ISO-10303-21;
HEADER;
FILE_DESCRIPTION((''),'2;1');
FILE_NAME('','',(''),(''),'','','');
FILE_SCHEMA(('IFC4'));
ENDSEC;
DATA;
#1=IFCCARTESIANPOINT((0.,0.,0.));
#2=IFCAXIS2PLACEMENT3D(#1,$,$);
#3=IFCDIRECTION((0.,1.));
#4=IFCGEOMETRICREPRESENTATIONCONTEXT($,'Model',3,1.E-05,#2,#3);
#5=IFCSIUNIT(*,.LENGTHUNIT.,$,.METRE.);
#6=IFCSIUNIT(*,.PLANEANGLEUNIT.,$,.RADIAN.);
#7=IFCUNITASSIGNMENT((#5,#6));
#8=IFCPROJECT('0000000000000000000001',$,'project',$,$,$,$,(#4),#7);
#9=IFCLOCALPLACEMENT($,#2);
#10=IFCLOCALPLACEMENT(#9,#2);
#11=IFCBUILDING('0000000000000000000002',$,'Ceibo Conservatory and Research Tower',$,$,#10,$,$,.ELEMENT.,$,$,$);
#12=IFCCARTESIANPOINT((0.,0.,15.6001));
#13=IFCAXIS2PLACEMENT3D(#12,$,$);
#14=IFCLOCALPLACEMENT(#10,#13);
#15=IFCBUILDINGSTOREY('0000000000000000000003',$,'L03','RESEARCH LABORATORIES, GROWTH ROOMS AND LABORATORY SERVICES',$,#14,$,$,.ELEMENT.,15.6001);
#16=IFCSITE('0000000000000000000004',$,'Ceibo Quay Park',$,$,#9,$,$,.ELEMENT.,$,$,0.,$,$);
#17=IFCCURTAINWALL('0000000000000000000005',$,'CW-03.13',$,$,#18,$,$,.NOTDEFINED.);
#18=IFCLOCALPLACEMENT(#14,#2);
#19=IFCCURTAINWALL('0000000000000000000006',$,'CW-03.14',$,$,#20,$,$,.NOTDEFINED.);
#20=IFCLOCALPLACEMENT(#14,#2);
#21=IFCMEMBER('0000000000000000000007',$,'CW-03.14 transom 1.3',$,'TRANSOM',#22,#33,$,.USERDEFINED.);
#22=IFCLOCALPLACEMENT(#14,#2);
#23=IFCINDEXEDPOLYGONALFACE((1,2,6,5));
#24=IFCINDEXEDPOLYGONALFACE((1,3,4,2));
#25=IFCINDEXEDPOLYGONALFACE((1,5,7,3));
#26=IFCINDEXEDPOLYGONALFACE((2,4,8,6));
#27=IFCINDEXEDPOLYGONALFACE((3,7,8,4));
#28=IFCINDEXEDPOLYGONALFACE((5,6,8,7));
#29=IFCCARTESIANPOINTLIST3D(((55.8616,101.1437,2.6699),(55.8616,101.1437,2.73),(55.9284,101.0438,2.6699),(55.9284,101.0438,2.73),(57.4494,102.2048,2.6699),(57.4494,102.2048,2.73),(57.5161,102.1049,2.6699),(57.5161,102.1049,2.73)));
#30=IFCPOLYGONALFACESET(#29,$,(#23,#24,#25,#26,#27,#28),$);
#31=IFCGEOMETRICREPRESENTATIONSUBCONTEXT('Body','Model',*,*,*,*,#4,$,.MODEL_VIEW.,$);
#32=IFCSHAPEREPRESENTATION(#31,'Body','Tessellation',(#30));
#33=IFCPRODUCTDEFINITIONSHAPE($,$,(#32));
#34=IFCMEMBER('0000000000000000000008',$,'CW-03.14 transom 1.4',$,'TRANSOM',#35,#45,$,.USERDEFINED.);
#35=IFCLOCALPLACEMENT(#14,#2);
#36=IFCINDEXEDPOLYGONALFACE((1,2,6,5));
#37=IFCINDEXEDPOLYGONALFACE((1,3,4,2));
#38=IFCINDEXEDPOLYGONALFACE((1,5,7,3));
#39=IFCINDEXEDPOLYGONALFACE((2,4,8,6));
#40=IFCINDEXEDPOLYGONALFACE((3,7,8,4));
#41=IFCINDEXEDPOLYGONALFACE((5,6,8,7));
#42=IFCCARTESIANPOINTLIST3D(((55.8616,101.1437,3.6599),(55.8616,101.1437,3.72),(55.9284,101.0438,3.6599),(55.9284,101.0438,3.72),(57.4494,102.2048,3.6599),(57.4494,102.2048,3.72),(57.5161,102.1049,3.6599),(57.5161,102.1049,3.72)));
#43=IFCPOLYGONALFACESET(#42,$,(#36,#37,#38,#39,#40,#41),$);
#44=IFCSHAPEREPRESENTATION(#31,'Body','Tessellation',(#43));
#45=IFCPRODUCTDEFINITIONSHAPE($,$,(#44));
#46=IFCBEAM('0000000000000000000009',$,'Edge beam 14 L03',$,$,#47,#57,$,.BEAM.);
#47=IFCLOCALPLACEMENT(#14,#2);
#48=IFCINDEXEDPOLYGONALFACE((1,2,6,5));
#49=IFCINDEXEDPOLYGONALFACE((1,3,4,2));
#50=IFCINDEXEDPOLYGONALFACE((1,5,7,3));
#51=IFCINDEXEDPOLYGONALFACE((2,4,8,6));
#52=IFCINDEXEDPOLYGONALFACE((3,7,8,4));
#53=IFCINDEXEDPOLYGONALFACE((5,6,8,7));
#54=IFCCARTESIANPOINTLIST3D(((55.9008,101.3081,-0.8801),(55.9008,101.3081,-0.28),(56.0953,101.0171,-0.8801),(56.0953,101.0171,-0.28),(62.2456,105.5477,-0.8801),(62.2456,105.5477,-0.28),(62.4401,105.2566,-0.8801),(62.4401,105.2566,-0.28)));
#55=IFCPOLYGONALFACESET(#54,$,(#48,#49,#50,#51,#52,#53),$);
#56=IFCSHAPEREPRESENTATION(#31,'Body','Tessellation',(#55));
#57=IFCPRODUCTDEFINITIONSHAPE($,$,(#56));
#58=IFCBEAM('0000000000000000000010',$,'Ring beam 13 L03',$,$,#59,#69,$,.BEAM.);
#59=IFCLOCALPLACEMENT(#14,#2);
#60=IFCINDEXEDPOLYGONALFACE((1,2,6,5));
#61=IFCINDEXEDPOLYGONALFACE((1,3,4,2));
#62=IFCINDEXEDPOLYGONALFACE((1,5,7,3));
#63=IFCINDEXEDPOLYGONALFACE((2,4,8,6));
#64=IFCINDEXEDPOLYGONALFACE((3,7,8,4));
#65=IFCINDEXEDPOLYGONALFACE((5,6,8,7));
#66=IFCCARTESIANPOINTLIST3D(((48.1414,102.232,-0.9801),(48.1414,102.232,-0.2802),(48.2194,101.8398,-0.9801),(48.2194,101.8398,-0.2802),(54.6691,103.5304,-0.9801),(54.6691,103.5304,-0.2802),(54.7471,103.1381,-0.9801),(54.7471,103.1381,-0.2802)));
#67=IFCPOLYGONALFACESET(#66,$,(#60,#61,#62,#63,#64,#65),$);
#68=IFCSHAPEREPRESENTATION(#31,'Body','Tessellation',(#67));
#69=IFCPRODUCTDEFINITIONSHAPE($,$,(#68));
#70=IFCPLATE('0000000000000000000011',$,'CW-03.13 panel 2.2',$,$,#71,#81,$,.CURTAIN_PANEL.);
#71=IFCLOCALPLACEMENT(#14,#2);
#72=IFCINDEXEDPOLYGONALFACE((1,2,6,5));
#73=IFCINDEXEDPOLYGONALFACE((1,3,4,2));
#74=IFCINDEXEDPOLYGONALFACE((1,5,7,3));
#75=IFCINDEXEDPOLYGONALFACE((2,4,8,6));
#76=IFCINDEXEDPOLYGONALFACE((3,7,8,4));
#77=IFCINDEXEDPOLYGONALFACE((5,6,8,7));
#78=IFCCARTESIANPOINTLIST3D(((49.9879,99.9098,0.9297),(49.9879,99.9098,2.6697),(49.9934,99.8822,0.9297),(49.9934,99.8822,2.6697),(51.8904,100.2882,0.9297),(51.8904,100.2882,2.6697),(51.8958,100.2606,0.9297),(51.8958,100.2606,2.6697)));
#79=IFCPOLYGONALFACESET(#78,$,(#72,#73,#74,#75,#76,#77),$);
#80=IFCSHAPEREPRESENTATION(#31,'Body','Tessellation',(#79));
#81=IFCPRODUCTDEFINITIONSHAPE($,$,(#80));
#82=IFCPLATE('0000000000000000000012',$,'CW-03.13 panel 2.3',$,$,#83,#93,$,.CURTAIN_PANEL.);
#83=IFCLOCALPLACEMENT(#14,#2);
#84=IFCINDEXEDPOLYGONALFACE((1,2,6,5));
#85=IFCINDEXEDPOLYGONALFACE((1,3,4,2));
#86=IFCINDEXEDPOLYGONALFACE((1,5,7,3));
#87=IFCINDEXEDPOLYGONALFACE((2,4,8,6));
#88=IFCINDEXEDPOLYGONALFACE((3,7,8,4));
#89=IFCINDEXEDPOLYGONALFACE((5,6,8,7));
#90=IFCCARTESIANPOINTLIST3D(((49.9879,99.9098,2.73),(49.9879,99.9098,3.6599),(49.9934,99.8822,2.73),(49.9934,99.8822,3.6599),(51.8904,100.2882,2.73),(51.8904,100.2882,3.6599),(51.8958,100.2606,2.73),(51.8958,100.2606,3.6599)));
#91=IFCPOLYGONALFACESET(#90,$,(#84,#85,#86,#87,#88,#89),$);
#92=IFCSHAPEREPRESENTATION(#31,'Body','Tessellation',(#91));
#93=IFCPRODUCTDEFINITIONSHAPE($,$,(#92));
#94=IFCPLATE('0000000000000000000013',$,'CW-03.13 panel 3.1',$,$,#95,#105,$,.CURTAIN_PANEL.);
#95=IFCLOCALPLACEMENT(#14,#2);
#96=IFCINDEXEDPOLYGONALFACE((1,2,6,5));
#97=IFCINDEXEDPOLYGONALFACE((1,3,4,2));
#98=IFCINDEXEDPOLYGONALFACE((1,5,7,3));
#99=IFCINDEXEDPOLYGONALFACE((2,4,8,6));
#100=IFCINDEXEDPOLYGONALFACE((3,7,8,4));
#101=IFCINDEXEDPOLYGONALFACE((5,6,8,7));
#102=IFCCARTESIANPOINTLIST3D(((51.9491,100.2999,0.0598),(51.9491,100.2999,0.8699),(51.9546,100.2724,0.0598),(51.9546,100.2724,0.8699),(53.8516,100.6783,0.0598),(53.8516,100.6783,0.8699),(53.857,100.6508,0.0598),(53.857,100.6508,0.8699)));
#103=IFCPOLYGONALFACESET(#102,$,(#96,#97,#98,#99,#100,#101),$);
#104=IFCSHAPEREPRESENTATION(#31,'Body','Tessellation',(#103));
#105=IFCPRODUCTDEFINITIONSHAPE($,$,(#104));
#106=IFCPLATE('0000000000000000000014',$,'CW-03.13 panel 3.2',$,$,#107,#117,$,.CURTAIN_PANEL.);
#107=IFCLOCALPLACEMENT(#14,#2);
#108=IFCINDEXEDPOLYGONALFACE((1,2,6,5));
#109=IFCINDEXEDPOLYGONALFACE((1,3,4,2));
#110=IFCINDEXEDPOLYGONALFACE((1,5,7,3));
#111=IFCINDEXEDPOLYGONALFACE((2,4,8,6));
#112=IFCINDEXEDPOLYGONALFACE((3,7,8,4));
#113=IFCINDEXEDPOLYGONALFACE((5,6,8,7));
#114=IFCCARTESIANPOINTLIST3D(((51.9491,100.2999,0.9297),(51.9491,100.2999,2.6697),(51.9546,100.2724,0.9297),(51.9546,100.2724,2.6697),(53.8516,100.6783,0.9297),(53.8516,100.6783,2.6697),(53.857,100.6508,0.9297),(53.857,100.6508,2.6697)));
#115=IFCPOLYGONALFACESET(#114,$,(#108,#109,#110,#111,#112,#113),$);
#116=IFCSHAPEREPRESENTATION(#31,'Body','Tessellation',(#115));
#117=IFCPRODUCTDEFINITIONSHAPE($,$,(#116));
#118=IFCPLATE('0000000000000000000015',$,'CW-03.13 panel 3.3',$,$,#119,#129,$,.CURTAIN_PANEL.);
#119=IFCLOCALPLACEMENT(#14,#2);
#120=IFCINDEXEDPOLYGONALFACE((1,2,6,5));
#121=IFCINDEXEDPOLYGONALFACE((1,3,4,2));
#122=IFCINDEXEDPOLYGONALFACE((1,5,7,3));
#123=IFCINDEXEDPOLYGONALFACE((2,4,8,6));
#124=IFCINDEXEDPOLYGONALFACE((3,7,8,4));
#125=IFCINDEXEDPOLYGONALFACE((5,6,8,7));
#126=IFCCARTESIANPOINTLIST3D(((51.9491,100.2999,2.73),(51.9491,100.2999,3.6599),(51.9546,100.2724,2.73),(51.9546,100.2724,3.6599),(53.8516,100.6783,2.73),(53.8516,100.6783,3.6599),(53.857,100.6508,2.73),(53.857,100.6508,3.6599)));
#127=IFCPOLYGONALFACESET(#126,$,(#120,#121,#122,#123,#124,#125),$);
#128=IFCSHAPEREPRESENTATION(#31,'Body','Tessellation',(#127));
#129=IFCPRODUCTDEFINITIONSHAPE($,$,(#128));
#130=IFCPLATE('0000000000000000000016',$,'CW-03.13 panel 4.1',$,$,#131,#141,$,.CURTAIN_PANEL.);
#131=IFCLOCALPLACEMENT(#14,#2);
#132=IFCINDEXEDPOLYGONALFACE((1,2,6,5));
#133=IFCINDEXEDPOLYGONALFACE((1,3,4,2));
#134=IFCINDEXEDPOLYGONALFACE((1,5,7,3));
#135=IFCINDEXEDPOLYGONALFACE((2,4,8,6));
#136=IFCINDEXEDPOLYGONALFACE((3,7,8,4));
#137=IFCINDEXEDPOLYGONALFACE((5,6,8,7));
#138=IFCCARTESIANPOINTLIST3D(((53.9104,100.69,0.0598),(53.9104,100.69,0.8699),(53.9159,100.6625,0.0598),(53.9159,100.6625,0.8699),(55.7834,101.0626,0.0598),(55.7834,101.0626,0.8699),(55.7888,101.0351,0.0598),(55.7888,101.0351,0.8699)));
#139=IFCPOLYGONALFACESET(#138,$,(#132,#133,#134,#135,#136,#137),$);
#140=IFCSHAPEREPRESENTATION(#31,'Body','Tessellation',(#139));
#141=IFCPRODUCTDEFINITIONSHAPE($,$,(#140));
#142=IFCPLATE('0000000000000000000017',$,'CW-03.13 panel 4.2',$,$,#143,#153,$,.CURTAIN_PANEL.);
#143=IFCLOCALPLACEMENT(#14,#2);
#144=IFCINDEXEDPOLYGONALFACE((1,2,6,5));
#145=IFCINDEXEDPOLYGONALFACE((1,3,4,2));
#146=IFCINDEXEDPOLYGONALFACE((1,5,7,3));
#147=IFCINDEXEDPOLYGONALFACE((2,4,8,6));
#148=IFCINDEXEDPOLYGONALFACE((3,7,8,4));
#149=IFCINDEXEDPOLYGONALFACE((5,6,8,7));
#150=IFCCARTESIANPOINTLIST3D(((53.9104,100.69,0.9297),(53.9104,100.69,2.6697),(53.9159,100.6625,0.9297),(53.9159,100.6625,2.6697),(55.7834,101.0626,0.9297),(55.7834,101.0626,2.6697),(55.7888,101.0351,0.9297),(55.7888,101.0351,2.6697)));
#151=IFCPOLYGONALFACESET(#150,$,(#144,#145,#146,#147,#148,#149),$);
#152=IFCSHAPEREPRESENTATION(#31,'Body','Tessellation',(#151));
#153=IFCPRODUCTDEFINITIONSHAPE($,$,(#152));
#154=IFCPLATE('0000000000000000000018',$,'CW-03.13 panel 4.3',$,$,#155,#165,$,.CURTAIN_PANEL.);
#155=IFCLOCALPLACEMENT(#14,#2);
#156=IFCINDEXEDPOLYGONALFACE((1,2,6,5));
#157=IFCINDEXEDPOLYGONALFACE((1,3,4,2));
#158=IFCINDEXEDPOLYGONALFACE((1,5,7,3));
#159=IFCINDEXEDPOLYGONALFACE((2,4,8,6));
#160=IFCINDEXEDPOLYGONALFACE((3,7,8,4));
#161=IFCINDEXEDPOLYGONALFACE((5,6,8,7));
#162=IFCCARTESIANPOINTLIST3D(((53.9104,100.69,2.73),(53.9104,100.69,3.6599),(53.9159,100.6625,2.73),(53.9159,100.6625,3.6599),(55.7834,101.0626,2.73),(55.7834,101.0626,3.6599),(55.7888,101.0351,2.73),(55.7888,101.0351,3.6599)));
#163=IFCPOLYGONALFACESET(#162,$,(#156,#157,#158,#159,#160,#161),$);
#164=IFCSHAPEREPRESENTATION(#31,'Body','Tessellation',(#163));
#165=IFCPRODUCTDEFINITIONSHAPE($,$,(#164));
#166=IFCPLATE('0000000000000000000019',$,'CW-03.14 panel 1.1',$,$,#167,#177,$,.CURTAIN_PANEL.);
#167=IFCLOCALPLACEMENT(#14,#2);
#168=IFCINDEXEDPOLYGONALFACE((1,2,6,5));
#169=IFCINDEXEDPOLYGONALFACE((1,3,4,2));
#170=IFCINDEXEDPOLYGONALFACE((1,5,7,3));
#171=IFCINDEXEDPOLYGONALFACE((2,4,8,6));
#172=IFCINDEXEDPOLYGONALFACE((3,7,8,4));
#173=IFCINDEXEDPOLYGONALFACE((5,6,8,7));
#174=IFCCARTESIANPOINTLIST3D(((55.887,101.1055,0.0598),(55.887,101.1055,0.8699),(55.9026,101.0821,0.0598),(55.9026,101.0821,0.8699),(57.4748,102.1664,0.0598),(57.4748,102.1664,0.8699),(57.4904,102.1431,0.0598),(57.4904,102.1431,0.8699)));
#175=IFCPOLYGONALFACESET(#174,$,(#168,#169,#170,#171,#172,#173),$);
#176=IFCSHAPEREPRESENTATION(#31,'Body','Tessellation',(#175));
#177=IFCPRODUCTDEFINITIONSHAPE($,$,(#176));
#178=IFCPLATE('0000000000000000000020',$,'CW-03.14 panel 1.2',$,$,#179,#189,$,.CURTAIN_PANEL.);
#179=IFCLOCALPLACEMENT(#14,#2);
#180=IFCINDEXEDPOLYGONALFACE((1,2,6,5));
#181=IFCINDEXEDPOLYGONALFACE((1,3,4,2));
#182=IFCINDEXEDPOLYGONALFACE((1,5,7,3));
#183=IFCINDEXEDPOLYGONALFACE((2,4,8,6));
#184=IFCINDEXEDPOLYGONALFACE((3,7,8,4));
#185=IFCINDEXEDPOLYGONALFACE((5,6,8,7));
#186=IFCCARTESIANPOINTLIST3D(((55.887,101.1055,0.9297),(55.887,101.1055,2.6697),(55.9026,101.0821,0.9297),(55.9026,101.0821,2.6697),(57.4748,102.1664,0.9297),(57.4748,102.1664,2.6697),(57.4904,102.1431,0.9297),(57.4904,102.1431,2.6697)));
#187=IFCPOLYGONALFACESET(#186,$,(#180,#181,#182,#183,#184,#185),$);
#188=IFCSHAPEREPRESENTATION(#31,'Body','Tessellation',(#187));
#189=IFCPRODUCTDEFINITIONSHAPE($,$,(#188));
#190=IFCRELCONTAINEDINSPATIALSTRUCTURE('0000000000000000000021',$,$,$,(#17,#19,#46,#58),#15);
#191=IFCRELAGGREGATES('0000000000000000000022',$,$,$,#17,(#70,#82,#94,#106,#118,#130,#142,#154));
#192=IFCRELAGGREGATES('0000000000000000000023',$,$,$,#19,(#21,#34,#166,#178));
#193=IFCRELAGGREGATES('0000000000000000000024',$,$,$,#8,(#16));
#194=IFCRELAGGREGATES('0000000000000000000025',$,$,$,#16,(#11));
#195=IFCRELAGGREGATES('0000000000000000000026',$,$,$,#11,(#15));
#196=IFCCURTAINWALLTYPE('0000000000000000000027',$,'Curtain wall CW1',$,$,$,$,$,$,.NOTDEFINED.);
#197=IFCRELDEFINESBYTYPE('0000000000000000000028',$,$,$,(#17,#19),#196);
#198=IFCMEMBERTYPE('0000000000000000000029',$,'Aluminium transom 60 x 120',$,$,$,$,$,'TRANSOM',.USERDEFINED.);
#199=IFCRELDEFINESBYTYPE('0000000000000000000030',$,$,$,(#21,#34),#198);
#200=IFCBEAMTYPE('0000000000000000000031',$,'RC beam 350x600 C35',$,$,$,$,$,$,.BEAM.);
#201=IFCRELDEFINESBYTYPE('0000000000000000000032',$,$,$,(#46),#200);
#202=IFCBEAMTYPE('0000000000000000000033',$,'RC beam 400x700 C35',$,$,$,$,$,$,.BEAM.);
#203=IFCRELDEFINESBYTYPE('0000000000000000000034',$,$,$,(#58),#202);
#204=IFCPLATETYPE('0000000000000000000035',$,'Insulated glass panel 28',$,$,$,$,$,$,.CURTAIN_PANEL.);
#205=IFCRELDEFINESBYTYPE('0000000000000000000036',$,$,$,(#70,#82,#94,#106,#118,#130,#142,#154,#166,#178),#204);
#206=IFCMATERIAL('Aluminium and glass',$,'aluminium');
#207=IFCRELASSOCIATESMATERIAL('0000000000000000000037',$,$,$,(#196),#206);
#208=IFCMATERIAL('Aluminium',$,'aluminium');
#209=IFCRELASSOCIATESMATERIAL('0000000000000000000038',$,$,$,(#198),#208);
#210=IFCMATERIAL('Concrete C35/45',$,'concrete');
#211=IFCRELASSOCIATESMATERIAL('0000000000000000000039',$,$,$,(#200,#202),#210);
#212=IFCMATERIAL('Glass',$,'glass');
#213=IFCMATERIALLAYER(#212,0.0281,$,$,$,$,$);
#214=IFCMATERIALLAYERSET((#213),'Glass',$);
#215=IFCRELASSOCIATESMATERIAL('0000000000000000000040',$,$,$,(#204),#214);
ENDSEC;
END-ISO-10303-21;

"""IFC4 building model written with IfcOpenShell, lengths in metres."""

from ifc_helpers import new_model, si_unit, direction, frame, origin, origin_2d, place, context, subcontext, project, spatial, rectangle, extrude, material, layer, layer_set, material_profile, profile_set, type_object, element, aggregate, save


model = new_model("IFC4")

# Units and contexts
model_context = context("Model", 3, precision=1e-05, world=origin(), true_north=direction((0.0, 1.0)))
body_context = subcontext(model_context, "Body", "Model", "MODEL_VIEW")
ifc_project = project(units=[si_unit("LENGTHUNIT", "METRE"), si_unit("PLANEANGLEUNIT", "RADIAN")], contexts=[model_context])

# Site, building, storey
site_placement = place(None, origin())
site = spatial("IfcSite", under=ifc_project, at=site_placement, Name="Ceibo Quay Park", CompositionType="ELEMENT", RefElevation=0.0)
building_placement = place(site_placement, origin())
building = spatial("IfcBuilding", under=site, at=building_placement, Name="Ceibo Conservatory and Research Tower", CompositionType="ELEMENT")
storey_placement = place(building_placement, frame((0.0, 0.0, 15.6001)))
storey = spatial("IfcBuildingStorey", under=building, at=storey_placement, Name="L03", Description="RESEARCH LABORATORIES, GROWTH ROOMS AND LABORATORY SERVICES", CompositionType="ELEMENT", Elevation=15.6001)

# Curtain wall
ifc_material_1 = material(Name="Aluminium and glass", Category="aluminium")
curtain_wall_type = type_object("IfcCurtainWallType", Name="Curtain wall CW1", PredefinedType="NOTDEFINED", material=ifc_material_1)
curtain_wall_1_placement = place(storey_placement, origin())
curtain_wall_1 = element("IfcCurtainWall", 1, at=curtain_wall_1_placement, inside=storey, type_object=curtain_wall_type, Name="CW-03.13", PredefinedType="NOTDEFINED")
ifc_material_2 = material(Name="Aluminium", Category="aluminium")

# Curtain wall
curtain_wall_2_placement = place(storey_placement, origin())
curtain_wall_2 = element("IfcCurtainWall", 2, at=curtain_wall_2_placement, inside=storey, type_object=curtain_wall_type, Name="CW-03.14", PredefinedType="NOTDEFINED")

# Members
ifc_material_profile_1 = material_profile(ifc_material_2, rectangle(XDim=0.1201, YDim=0.0601, at=origin_2d()), Name="Aluminium 60 x 120")
ifc_profile_set_1 = profile_set([ifc_material_profile_1], Name="Aluminium")
member_type_1 = type_object("IfcMemberType", Name="Aluminium transom 60 x 120", ElementType="TRANSOM", PredefinedType="USERDEFINED", material=ifc_profile_set_1)
member_1_placement = place(storey_placement, frame((55.895, 101.0938, 2.7), z_axis=(0.83142, 0.555644, 0.0), x_axis=(-0.555644, 0.83142, 0.0)))
member_1 = element("IfcMember", 3, at=member_1_placement, type_object=member_type_1, Name="CW-03.14 transom 1.3", ObjectType="TRANSOM", PredefinedType="USERDEFINED", context=body_context, shape_type="SweptSolid", body=[
    extrude(rectangle(XDim=0.1201, YDim=0.0601, at=origin_2d()), origin(), (0.0, 0.0, 1.0), 1.9097),
])
member_2_placement = place(storey_placement, frame((55.895, 101.0938, 3.6899), z_axis=(0.83142, 0.555644, 0.0), x_axis=(-0.555644, 0.83142, 0.0)))
member_2 = element("IfcMember", 4, at=member_2_placement, type_object=member_type_1, Name="CW-03.14 transom 1.4", ObjectType="TRANSOM", PredefinedType="USERDEFINED", context=body_context, shape_type="SweptSolid", body=[
    extrude(rectangle(XDim=0.1201, YDim=0.0601, at=origin_2d()), origin(), (0.0, 0.0, 1.0), 1.9097),
])

# Beams
ifc_material_3 = material(Name="Concrete C35/45", Category="concrete")
ifc_material_profile_2 = material_profile(ifc_material_3, rectangle(XDim=0.3501, YDim=0.6001, at=origin_2d()), Name="RC 350x600")
ifc_profile_set_2 = profile_set([ifc_material_profile_2], Name="Concrete C35/45")
beam_type_1 = type_object("IfcBeamType", Name="RC beam 350x600 C35", PredefinedType="BEAM", material=ifc_profile_set_2)
beam_1_placement = place(storey_placement, frame((55.998, 101.1626, -0.5801), z_axis=(0.831464, 0.555578, 0.0), x_axis=(-0.555578, 0.831464, 0.0)))
element("IfcBeam", 5, at=beam_1_placement, inside=storey, type_object=beam_type_1, Name="Edge beam 14 L03", PredefinedType="BEAM", context=body_context, shape_type="SweptSolid", body=[
    extrude(rectangle(XDim=0.3501, YDim=0.6001, at=origin_2d()), origin(), (0.0, 0.0, 1.0), 7.6309),
])
ifc_material_profile_3 = material_profile(ifc_material_3, rectangle(XDim=0.3999, YDim=0.7, at=origin_2d()), Name="RC 400x700")
ifc_profile_set_3 = profile_set([ifc_material_profile_3], Name="Concrete C35/45")
beam_type_2 = type_object("IfcBeamType", Name="RC beam 400x700 C35", PredefinedType="BEAM", material=ifc_profile_set_3)
beam_2_placement = place(storey_placement, frame((48.1804, 102.0359, -0.6301), z_axis=(0.980788, 0.195079, 0.0), x_axis=(-0.195079, 0.980788, 0.0)))
element("IfcBeam", 6, at=beam_2_placement, inside=storey, type_object=beam_type_2, Name="Ring beam 13 L03", PredefinedType="BEAM", context=body_context, shape_type="SweptSolid", body=[
    extrude(rectangle(XDim=0.3999, YDim=0.7, at=origin_2d()), origin(), (0.0, 0.0, 1.0), 6.6555),
])

# Plates
ifc_material_4 = material(Name="Glass", Category="glass")
ifc_layer = layer(ifc_material_4, 0.0281)
ifc_layer_set = layer_set([ifc_layer], Name="Glass")
plate_type = type_object("IfcPlateType", Name="Insulated glass panel 28", PredefinedType="CURTAIN_PANEL", material=ifc_layer_set)
plate_1_placement = place(storey_placement, frame((50.9419, 100.0852, 0.9297), z_axis=(0.0, 0.0, 1.0), x_axis=(0.980785, 0.19509, 0.0)))
plate_1 = element("IfcPlate", 7, at=plate_1_placement, type_object=plate_type, Name="CW-03.13 panel 2.2", PredefinedType="CURTAIN_PANEL", context=body_context, shape_type="SweptSolid", body=[
    extrude(rectangle(XDim=1.9397, YDim=0.0281, at=origin_2d()), origin(), (0.0, 0.0, 1.0), 1.74),
])
plate_2_placement = place(storey_placement, frame((50.9419, 100.0852, 2.73), z_axis=(0.0, 0.0, 1.0), x_axis=(0.980785, 0.19509, 0.0)))
plate_2 = element("IfcPlate", 8, at=plate_2_placement, type_object=plate_type, Name="CW-03.13 panel 2.3", PredefinedType="CURTAIN_PANEL", context=body_context, shape_type="SweptSolid", body=[
    extrude(rectangle(XDim=1.9397, YDim=0.0281, at=origin_2d()), origin(), (0.0, 0.0, 1.0), 0.9299),
])
plate_3_placement = place(storey_placement, frame((52.9031, 100.4753, 0.0598), z_axis=(0.0, 0.0, 1.0), x_axis=(0.980785, 0.19509, 0.0)))
plate_3 = element("IfcPlate", 9, at=plate_3_placement, type_object=plate_type, Name="CW-03.13 panel 3.1", PredefinedType="CURTAIN_PANEL", context=body_context, shape_type="SweptSolid", body=[
    extrude(rectangle(XDim=1.9397, YDim=0.0281, at=origin_2d()), origin(), (0.0, 0.0, 1.0), 0.8101),
])
plate_4_placement = place(storey_placement, frame((52.9031, 100.4753, 0.9297), z_axis=(0.0, 0.0, 1.0), x_axis=(0.980785, 0.19509, 0.0)))
plate_4 = element("IfcPlate", 10, at=plate_4_placement, type_object=plate_type, Name="CW-03.13 panel 3.2", PredefinedType="CURTAIN_PANEL", context=body_context, shape_type="SweptSolid", body=[
    extrude(rectangle(XDim=1.9397, YDim=0.0281, at=origin_2d()), origin(), (0.0, 0.0, 1.0), 1.74),
])
plate_5_placement = place(storey_placement, frame((52.9031, 100.4753, 2.73), z_axis=(0.0, 0.0, 1.0), x_axis=(0.980785, 0.19509, 0.0)))
plate_5 = element("IfcPlate", 11, at=plate_5_placement, type_object=plate_type, Name="CW-03.13 panel 3.3", PredefinedType="CURTAIN_PANEL", context=body_context, shape_type="SweptSolid", body=[
    extrude(rectangle(XDim=1.9397, YDim=0.0281, at=origin_2d()), origin(), (0.0, 0.0, 1.0), 0.9299),
])
plate_6_placement = place(storey_placement, frame((54.8496, 100.8625, 0.0598), z_axis=(0.0, 0.0, 1.0), x_axis=(0.980785, 0.19509, 0.0)))
plate_6 = element("IfcPlate", 12, at=plate_6_placement, type_object=plate_type, Name="CW-03.13 panel 4.1", PredefinedType="CURTAIN_PANEL", context=body_context, shape_type="SweptSolid", body=[
    extrude(rectangle(XDim=1.9097, YDim=0.0281, at=origin_2d()), origin(), (0.0, 0.0, 1.0), 0.8101),
])
plate_7_placement = place(storey_placement, frame((54.8496, 100.8625, 0.9297), z_axis=(0.0, 0.0, 1.0), x_axis=(0.980785, 0.19509, 0.0)))
plate_7 = element("IfcPlate", 13, at=plate_7_placement, type_object=plate_type, Name="CW-03.13 panel 4.2", PredefinedType="CURTAIN_PANEL", context=body_context, shape_type="SweptSolid", body=[
    extrude(rectangle(XDim=1.9097, YDim=0.0281, at=origin_2d()), origin(), (0.0, 0.0, 1.0), 1.74),
])
plate_8_placement = place(storey_placement, frame((54.8496, 100.8625, 2.73), z_axis=(0.0, 0.0, 1.0), x_axis=(0.980785, 0.19509, 0.0)))
plate_8 = element("IfcPlate", 14, at=plate_8_placement, type_object=plate_type, Name="CW-03.13 panel 4.3", PredefinedType="CURTAIN_PANEL", context=body_context, shape_type="SweptSolid", body=[
    extrude(rectangle(XDim=1.9097, YDim=0.0281, at=origin_2d()), origin(), (0.0, 0.0, 1.0), 0.9299),
])
aggregate(curtain_wall_1, [plate_1, plate_2, plate_3, plate_4, plate_5, plate_6, plate_7, plate_8])
plate_9_placement = place(storey_placement, frame((56.6887, 101.6243, 0.0598), z_axis=(0.0, 0.0, 1.0), x_axis=(0.83147, 0.55557, 0.0)))
plate_9 = element("IfcPlate", 15, at=plate_9_placement, type_object=plate_type, Name="CW-03.14 panel 1.1", PredefinedType="CURTAIN_PANEL", context=body_context, shape_type="SweptSolid", body=[
    extrude(rectangle(XDim=1.9097, YDim=0.0281, at=origin_2d()), origin(), (0.0, 0.0, 1.0), 0.8101),
])
plate_10_placement = place(storey_placement, frame((56.6887, 101.6243, 0.9297), z_axis=(0.0, 0.0, 1.0), x_axis=(0.83147, 0.55557, 0.0)))
plate_10 = element("IfcPlate", 16, at=plate_10_placement, type_object=plate_type, Name="CW-03.14 panel 1.2", PredefinedType="CURTAIN_PANEL", context=body_context, shape_type="SweptSolid", body=[
    extrude(rectangle(XDim=1.9097, YDim=0.0281, at=origin_2d()), origin(), (0.0, 0.0, 1.0), 1.74),
])
aggregate(curtain_wall_2, [member_1, member_2, plate_9, plate_10])

save(model, "model.ifc")
